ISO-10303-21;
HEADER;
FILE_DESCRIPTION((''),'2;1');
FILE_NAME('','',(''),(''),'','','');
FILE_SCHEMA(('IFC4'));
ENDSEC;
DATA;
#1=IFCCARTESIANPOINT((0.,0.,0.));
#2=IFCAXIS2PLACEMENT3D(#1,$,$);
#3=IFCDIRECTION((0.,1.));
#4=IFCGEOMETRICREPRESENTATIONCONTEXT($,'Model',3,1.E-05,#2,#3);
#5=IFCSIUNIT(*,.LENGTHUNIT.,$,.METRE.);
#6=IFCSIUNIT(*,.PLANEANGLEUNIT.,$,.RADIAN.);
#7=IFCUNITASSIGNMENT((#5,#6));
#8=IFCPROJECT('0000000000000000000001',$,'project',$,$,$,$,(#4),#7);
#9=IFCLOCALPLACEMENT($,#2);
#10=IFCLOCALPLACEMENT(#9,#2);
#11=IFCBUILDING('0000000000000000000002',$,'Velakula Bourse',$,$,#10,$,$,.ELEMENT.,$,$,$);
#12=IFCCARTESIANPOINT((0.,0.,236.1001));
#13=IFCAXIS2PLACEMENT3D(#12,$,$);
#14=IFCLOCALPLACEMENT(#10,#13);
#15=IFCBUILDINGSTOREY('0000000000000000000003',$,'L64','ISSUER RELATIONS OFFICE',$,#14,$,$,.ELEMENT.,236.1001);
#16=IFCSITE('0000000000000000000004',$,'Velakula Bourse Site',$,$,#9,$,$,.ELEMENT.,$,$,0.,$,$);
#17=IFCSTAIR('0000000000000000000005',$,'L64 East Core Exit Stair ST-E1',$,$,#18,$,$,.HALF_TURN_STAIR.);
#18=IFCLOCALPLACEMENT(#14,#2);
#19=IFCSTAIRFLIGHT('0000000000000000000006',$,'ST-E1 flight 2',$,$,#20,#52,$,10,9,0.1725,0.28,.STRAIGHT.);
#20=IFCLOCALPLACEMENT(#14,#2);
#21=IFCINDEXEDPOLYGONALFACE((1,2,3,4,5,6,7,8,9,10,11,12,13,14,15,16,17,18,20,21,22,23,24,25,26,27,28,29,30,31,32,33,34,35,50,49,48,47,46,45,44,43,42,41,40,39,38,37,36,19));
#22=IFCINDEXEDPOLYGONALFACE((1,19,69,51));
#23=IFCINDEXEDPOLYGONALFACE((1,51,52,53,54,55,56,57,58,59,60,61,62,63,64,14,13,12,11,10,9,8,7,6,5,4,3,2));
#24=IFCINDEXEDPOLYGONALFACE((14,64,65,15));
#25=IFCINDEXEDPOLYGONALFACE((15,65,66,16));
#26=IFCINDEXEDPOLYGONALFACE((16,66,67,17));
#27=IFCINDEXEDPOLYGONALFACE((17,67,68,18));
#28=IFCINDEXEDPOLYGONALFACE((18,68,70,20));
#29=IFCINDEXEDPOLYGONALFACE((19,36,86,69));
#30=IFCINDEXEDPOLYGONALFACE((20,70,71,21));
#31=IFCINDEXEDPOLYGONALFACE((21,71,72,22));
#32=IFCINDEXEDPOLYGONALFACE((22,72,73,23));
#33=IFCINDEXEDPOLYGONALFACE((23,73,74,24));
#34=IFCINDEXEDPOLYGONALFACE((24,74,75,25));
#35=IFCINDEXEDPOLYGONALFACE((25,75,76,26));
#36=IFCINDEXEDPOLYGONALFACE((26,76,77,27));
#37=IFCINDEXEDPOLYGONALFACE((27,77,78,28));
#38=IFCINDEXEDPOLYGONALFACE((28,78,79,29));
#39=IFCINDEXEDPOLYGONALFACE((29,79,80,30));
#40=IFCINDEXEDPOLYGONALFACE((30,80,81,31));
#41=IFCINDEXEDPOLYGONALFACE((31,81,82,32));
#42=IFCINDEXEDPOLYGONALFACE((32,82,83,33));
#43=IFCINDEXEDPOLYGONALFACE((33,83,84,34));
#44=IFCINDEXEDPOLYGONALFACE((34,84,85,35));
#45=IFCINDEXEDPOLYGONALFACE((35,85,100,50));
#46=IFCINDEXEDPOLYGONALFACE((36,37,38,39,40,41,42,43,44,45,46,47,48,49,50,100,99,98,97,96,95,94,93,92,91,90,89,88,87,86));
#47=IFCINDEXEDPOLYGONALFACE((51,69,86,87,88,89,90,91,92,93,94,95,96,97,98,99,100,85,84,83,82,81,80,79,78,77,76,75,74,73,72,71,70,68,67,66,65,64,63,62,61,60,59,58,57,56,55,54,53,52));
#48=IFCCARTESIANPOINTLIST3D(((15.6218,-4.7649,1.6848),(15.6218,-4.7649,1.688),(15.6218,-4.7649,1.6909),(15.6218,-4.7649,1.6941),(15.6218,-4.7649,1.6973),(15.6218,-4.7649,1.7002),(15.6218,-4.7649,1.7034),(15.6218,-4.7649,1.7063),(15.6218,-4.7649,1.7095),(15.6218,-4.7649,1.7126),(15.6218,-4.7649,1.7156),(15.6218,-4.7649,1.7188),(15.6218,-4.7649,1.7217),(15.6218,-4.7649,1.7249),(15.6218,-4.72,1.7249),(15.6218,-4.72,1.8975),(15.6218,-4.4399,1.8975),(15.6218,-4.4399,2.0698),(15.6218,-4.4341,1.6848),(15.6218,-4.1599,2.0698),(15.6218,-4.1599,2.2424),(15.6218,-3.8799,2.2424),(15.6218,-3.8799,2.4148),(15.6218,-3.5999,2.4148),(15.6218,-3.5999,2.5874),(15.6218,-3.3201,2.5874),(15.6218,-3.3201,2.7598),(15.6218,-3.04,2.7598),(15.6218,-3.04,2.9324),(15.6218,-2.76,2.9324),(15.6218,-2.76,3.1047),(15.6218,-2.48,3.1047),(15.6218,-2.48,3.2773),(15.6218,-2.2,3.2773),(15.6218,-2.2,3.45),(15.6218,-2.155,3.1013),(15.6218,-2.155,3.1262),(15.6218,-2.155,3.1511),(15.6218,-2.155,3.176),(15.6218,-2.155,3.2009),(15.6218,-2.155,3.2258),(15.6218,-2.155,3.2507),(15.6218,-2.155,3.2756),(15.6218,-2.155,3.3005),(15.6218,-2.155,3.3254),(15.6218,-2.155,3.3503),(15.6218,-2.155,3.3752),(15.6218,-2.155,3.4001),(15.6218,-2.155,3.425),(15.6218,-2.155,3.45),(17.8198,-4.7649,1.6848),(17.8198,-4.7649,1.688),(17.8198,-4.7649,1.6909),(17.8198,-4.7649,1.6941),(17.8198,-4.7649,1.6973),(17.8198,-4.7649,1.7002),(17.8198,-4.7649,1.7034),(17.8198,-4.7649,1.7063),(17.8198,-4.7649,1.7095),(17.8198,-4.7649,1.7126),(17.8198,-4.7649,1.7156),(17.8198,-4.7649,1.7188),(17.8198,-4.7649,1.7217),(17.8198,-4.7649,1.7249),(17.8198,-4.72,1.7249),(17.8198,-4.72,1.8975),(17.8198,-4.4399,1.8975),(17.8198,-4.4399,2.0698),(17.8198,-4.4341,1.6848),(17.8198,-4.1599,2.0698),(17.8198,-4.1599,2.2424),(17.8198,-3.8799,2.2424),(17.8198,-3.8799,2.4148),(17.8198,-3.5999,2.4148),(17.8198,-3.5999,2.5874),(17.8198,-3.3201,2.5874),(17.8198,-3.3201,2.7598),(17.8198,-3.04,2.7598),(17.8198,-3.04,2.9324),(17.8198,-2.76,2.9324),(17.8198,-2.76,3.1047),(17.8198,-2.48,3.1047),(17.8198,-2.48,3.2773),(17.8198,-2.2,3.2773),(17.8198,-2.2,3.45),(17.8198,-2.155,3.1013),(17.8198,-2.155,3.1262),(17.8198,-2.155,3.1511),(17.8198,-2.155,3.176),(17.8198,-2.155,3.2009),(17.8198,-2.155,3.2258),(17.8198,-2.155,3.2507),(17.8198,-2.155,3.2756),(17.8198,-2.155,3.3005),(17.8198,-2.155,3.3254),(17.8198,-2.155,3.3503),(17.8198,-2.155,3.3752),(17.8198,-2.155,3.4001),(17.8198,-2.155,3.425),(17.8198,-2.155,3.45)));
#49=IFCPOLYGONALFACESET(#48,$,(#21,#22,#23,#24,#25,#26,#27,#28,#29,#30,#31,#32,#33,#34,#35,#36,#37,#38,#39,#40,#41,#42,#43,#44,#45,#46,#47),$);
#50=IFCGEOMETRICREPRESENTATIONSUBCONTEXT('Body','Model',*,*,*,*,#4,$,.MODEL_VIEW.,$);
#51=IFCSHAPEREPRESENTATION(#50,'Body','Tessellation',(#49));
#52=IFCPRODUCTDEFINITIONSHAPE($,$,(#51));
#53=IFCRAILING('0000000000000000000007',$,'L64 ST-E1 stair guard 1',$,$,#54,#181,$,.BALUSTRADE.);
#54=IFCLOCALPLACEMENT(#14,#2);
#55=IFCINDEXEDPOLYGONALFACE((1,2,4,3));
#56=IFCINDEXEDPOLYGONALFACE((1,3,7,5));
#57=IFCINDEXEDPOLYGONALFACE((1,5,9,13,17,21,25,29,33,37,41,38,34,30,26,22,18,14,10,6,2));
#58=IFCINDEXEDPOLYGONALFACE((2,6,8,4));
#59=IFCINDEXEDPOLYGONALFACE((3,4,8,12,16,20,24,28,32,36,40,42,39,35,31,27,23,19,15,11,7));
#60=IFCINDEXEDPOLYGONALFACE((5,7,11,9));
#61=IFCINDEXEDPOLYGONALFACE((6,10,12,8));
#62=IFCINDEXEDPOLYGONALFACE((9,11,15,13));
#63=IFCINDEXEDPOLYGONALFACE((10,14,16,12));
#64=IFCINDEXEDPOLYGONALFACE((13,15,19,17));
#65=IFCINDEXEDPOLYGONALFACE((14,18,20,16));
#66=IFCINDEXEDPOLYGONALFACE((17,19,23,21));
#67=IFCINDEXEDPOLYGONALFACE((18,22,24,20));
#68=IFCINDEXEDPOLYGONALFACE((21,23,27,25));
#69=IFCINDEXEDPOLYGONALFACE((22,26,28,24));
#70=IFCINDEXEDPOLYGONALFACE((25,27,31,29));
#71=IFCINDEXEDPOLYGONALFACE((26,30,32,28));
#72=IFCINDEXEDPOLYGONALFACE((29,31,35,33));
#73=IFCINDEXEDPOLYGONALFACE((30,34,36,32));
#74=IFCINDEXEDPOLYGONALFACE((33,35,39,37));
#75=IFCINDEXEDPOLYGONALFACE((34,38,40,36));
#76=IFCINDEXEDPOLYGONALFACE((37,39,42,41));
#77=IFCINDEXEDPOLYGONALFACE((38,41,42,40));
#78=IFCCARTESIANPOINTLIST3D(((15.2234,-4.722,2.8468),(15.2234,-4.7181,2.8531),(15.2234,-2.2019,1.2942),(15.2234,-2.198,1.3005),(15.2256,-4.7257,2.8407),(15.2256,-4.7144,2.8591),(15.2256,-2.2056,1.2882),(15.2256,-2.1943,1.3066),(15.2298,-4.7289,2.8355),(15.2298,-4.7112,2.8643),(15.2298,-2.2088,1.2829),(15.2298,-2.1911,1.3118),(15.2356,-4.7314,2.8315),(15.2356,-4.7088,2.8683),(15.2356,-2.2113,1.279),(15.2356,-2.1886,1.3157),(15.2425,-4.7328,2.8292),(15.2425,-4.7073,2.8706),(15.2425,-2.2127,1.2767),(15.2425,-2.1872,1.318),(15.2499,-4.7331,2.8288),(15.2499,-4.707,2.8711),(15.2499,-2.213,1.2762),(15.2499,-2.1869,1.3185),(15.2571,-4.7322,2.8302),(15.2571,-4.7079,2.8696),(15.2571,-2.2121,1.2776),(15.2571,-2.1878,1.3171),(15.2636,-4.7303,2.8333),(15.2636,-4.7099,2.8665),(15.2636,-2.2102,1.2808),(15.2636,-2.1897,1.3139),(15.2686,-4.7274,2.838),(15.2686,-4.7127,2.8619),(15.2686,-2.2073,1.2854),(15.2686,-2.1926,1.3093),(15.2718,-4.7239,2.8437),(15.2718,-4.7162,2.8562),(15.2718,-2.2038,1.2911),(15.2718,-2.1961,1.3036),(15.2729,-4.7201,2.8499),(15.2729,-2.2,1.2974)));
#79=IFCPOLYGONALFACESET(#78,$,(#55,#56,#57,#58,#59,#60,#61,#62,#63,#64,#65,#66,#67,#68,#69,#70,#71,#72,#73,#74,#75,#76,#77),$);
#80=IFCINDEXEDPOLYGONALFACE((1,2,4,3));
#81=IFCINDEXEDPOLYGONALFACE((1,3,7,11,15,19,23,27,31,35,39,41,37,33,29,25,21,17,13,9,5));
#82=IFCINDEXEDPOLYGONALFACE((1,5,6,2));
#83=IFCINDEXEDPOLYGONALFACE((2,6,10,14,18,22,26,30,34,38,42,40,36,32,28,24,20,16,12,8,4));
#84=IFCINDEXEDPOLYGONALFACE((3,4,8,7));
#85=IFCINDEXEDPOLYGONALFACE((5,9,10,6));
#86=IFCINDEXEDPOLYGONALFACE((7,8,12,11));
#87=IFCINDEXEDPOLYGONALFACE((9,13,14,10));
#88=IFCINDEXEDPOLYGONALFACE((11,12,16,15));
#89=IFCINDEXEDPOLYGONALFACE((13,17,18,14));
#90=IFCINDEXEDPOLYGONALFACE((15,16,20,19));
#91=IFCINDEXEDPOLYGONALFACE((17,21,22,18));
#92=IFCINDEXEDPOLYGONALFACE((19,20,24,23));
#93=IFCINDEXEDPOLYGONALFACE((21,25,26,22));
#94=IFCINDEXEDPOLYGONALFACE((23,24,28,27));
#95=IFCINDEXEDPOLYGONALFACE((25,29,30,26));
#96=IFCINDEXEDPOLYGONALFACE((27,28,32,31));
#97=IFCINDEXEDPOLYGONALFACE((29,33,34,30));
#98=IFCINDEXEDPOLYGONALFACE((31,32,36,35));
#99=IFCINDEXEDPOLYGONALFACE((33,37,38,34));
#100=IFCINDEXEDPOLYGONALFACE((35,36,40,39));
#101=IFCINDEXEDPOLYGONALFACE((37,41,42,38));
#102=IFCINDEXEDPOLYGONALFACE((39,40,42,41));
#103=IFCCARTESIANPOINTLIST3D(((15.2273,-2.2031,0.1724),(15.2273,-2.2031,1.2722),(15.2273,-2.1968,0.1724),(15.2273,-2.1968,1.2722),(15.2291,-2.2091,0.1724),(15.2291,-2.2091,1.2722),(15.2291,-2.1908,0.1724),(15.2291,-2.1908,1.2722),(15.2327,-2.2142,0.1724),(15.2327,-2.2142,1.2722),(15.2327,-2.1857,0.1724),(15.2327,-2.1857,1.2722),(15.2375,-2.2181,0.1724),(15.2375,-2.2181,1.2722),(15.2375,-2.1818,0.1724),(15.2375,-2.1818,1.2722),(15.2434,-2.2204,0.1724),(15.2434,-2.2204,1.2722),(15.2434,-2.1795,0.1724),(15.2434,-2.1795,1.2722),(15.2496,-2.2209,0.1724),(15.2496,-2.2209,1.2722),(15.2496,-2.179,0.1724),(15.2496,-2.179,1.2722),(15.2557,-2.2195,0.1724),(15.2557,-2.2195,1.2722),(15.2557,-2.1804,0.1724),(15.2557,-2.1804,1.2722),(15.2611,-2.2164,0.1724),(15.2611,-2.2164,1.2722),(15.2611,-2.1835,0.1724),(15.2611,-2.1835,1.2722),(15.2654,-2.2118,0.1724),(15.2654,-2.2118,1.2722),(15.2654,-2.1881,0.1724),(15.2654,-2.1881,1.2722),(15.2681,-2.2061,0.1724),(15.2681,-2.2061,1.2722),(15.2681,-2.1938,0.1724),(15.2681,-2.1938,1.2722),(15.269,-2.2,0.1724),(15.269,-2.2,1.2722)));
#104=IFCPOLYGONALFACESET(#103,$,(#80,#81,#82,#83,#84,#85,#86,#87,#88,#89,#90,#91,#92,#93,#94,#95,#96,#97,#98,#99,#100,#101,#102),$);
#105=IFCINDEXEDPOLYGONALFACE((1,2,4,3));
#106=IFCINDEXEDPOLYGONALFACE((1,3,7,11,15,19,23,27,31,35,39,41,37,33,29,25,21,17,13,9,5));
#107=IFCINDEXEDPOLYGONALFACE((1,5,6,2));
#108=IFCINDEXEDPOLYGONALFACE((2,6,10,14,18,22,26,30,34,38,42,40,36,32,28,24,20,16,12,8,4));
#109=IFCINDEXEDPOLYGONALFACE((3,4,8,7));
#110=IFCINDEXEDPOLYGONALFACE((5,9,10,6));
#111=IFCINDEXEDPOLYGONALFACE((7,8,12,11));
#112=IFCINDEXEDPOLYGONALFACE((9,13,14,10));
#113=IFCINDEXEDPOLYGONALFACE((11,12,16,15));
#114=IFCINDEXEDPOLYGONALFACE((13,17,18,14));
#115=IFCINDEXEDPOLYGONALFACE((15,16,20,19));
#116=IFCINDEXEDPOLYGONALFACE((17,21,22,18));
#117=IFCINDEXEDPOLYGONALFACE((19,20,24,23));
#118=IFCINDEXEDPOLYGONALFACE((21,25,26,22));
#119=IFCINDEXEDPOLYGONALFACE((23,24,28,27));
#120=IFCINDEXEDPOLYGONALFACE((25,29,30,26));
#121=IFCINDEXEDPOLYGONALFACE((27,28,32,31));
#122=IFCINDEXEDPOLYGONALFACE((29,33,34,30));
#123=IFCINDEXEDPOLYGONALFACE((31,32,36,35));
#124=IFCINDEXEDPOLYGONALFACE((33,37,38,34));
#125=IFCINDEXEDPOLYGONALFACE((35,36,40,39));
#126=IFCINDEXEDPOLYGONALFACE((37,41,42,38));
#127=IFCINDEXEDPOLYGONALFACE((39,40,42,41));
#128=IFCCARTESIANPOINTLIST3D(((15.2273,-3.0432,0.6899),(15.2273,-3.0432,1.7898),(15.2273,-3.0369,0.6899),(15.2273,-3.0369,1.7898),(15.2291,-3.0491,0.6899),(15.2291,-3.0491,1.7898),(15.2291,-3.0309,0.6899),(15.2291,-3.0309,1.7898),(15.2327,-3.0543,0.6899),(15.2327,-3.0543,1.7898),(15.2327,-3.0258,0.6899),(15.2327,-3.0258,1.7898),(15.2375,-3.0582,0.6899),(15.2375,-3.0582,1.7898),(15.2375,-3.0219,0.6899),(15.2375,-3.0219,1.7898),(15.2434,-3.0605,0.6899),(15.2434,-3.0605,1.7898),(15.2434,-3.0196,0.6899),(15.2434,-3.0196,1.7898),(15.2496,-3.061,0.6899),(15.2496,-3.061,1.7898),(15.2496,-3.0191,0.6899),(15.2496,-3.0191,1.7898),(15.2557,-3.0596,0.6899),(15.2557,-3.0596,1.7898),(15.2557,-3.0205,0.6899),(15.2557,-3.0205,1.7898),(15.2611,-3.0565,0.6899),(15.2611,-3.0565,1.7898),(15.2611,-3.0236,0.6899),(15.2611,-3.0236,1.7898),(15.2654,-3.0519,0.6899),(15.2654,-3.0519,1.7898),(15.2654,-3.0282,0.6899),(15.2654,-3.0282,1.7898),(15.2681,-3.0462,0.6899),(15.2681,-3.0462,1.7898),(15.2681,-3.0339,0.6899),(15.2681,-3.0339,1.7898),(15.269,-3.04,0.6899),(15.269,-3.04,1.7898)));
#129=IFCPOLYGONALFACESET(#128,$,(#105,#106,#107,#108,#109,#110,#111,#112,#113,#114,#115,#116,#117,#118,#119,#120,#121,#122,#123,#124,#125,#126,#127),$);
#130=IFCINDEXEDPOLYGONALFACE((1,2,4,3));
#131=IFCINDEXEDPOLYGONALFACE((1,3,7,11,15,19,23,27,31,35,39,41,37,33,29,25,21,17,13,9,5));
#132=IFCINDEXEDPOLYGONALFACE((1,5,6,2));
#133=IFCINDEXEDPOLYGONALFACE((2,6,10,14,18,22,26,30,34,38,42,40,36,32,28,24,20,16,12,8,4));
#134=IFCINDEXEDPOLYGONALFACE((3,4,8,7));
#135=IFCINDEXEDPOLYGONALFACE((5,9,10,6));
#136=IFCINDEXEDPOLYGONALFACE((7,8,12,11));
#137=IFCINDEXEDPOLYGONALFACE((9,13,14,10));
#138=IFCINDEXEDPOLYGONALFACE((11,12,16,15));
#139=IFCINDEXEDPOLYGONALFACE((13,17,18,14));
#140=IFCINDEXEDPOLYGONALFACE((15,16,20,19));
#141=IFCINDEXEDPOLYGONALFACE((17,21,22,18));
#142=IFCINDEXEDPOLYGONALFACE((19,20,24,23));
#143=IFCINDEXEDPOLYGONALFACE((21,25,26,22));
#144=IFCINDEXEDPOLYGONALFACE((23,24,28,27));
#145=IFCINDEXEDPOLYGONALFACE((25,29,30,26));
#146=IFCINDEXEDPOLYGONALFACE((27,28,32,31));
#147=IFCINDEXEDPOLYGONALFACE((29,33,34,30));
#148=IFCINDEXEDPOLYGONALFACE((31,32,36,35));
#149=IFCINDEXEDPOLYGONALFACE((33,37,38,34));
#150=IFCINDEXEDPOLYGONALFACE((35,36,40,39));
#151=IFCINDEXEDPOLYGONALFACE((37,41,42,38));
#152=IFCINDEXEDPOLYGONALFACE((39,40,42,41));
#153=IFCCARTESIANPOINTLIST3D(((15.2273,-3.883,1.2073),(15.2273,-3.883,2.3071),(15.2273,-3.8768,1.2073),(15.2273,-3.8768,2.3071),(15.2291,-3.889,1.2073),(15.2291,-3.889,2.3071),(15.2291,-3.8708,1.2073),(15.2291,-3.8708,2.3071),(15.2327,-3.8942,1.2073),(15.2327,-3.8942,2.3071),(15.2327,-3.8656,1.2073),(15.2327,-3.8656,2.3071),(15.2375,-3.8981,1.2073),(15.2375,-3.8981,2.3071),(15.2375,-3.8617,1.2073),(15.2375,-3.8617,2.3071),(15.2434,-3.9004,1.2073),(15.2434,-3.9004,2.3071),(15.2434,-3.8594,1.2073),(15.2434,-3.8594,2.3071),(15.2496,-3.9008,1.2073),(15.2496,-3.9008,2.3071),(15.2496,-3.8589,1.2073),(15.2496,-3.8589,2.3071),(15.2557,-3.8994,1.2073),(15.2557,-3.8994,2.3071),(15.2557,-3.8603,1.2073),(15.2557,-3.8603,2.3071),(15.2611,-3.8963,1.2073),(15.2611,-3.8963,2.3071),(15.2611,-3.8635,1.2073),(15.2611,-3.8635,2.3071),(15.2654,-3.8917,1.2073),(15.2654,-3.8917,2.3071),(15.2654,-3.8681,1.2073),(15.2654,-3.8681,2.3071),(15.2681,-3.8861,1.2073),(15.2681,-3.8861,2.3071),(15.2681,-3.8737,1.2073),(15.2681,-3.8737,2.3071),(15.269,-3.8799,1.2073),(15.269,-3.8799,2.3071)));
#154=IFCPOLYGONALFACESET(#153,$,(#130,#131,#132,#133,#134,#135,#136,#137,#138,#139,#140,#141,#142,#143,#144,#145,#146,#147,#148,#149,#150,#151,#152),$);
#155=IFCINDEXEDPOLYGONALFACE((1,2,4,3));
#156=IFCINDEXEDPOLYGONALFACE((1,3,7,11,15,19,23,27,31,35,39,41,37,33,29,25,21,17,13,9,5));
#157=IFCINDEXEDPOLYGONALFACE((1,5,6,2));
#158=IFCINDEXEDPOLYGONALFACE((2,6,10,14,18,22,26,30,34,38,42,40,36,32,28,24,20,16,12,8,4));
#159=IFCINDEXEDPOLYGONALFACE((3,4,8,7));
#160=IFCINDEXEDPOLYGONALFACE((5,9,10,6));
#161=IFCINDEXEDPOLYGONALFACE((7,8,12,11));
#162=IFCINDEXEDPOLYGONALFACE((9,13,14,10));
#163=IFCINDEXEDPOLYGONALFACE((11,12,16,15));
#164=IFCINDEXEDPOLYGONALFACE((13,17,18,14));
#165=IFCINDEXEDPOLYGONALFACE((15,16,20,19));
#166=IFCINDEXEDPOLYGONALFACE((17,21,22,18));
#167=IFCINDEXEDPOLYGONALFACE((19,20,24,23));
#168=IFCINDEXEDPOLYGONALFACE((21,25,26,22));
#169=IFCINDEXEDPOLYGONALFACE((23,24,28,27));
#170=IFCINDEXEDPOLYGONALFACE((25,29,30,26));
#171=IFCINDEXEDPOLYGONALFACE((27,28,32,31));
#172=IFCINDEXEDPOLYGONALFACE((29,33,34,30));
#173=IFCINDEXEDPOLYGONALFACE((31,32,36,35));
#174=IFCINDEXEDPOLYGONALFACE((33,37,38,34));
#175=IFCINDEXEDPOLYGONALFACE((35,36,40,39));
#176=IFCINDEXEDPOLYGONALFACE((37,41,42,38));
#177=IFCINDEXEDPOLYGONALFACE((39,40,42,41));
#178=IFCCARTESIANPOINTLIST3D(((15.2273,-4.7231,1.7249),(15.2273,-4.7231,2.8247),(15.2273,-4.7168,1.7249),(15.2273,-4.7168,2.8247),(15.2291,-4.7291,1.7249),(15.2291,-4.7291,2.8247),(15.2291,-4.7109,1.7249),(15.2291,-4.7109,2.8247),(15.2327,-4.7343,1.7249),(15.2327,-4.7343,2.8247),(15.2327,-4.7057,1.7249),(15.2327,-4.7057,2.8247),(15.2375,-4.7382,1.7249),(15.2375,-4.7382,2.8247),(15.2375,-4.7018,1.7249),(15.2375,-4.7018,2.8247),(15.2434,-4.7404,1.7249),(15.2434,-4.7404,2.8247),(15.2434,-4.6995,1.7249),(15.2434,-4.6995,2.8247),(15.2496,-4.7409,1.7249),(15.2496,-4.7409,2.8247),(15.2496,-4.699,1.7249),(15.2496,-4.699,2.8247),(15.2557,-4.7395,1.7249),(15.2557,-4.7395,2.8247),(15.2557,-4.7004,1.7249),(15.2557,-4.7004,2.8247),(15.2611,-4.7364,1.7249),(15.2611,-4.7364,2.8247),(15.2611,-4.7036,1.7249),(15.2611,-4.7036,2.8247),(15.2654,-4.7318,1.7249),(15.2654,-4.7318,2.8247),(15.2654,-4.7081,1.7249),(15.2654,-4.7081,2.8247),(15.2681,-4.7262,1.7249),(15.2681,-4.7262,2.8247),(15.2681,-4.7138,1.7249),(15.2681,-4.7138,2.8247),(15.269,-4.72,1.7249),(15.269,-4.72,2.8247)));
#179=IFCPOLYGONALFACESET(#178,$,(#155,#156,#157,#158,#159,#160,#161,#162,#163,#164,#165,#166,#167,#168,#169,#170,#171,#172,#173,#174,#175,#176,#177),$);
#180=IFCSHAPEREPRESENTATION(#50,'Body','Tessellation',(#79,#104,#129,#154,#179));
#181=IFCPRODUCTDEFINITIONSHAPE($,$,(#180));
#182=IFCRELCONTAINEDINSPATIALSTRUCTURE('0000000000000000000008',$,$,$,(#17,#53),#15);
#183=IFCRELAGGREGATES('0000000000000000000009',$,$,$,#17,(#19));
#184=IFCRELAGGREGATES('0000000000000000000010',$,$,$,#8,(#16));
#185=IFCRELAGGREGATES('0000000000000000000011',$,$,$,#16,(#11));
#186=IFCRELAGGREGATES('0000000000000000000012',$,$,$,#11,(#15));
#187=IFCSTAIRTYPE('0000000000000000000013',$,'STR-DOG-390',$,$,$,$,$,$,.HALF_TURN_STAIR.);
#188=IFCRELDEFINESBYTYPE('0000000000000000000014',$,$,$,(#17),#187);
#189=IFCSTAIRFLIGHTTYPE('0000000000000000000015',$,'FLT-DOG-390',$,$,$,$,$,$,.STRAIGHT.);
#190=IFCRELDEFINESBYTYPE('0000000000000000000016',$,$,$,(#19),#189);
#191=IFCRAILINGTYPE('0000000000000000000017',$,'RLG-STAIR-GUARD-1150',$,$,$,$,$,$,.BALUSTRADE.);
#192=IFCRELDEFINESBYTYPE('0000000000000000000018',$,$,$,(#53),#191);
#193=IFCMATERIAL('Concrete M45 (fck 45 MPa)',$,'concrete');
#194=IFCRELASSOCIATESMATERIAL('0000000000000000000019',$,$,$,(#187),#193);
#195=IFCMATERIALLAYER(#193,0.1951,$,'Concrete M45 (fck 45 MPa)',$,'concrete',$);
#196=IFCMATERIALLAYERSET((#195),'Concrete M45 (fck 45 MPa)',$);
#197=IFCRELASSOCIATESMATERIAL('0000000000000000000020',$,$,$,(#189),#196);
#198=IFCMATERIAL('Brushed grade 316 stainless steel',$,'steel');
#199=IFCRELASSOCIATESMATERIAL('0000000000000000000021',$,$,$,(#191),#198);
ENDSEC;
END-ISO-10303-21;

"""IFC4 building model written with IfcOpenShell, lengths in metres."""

from ifc_helpers import new_model, si_unit, direction, frame, origin, origin_2d, place, context, subcontext, project, spatial, polyline, circle, outline, extrude, material, layer, layer_set, type_object, element, aggregate, save


model = new_model("IFC4")

# Units and contexts
model_context = context("Model", 3, precision=1e-05, world=origin(), true_north=direction((0.0, 1.0)))
body_context = subcontext(model_context, "Body", "Model", "MODEL_VIEW")
ifc_project = project(units=[si_unit("LENGTHUNIT", "METRE"), si_unit("PLANEANGLEUNIT", "RADIAN")], contexts=[model_context])

# Site, building, storey
site_placement = place(None, origin())
site = spatial("IfcSite", under=ifc_project, at=site_placement, Name="Velakula Bourse Site", CompositionType="ELEMENT", RefElevation=0.0)
building_placement = place(site_placement, origin())
building = spatial("IfcBuilding", under=site, at=building_placement, Name="Velakula Bourse", CompositionType="ELEMENT")
storey_placement = place(building_placement, frame((0.0, 0.0, 236.1001)))
storey = spatial("IfcBuildingStorey", under=building, at=storey_placement, Name="L64", Description="ISSUER RELATIONS OFFICE", CompositionType="ELEMENT", Elevation=236.1001)

# Shared definitions
ifc_material_1 = material(Name="Brushed grade 316 stainless steel", Category="steel")

# Stair, stair flight
ifc_material_2 = material(Name="Concrete M45 (fck 45 MPa)", Category="concrete")
stair_type = type_object("IfcStairType", Name="STR-DOG-390", PredefinedType="HALF_TURN_STAIR", material=ifc_material_2)
stair_placement = place(storey_placement, origin())
stair = element("IfcStair", 1, at=stair_placement, inside=storey, type_object=stair_type, Name="L64 East Core Exit Stair ST-E1", PredefinedType="HALF_TURN_STAIR")
ifc_layer_1 = layer(ifc_material_2, 0.1951, Name="Concrete M45 (fck 45 MPa)", Category="concrete")
ifc_layer_set_1 = layer_set([ifc_layer_1], Name="Concrete M45 (fck 45 MPa)")
stair_flight_type = type_object("IfcStairFlightType", Name="FLT-DOG-390", PredefinedType="STRAIGHT", material=ifc_layer_set_1)
stair_flight_1_placement = place(storey_placement, frame((16.7209, -4.72, 1.7249), z_axis=(0.0, 0.0, 1.0), x_axis=(0.0, 1.0, 0.0)))
stair_flight_1 = element("IfcStairFlight", 2, at=stair_flight_1_placement, type_object=stair_flight_type, Name="ST-E1 flight 2", NumberOfRisers=10, NumberOfTreads=9, PredefinedType="STRAIGHT", RiserHeight=0.1725, TreadLength=0.28, context=body_context, shape_type="SweptSolid", body=[
    extrude(outline(polyline([(-0.0449, -0.04), (-0.0449, -0.0369), (-0.0449, -0.0339), (-0.0449, -0.0308), (-0.0449, -0.0276), (-0.0449, -0.0247), (-0.0449, -0.0215), (-0.0449, -0.0186), (-0.0449, -0.0154), (-0.0449, -0.0122), (-0.0449, -0.0093), (-0.0449, -0.0061), (-0.0449, -0.0032), (-0.0449, 0.0), (0.0, 0.0), (0.0, 0.1726), (0.28, 0.1726), (0.28, 0.345), (0.5601, 0.345), (0.5601, 0.5176), (0.8401, 0.5176), (0.8401, 0.6899), (1.1201, 0.6899), (1.1201, 0.8625), (1.3999, 0.8625), (1.3999, 1.0349), (1.6799, 1.0349), (1.6799, 1.2075), (1.96, 1.2075), (1.96, 1.3799), (2.24, 1.3799), (2.24, 1.5525), (2.52, 1.5525), (2.52, 1.7251), (2.5649, 1.7251), (2.5649, 1.7002), (2.5649, 1.6753), (2.5649, 1.6504), (2.5649, 1.6255), (2.5649, 1.6006), (2.5649, 1.5757), (2.5649, 1.5508), (2.5649, 1.5259), (2.5649, 1.501), (2.5649, 1.4761), (2.5649, 1.4512), (2.5649, 1.4263), (2.5649, 1.4014), (2.5649, 1.3765), (0.2859, -0.04), (-0.0449, -0.04)])), frame((0.0, 1.0991, 0.0), z_axis=(0.0, -1.0, 0.0), x_axis=(1.0, 0.0, 0.0)), (0.0, 0.0, 1.0), 2.198),
])
aggregate(stair, [stair_flight_1])

# Railing
railing_type_1 = type_object("IfcRailingType", Name="RLG-STAIR-GUARD-1150", PredefinedType="BALUSTRADE", material=ifc_material_1)
railing_1_placement = place(storey_placement, frame((15.248, -2.2, 0.1724)))
element("IfcRailing", 3, at=railing_1_placement, inside=storey, type_object=railing_type_1, Name="L64 ST-E1 stair guard 1", PredefinedType="BALUSTRADE", context=body_context, shape_type="SweptSolid", body=[
    extrude(circle(Radius=0.0249, at=origin_2d()), frame((0.0, 0.0, 1.125), z_axis=(0.0, -0.8514, 0.524516), x_axis=(1.0, 0.0, 0.0)), (0.0, 0.0, 1.0), 2.96),
    extrude(circle(Radius=0.021, at=origin_2d()), origin(), (0.0, 0.0, 1.0), 1.0999),
    extrude(circle(Radius=0.021, at=origin_2d()), frame((0.0, -0.8401, 0.5176)), (0.0, 0.0, 1.0), 1.0999),
    extrude(circle(Radius=0.021, at=origin_2d()), frame((0.0, -1.6799, 1.0349)), (0.0, 0.0, 1.0), 1.0999),
    extrude(circle(Radius=0.021, at=origin_2d()), frame((0.0, -2.52, 1.5525)), (0.0, 0.0, 1.0), 1.0999),
])

save(model, "model.ifc")
